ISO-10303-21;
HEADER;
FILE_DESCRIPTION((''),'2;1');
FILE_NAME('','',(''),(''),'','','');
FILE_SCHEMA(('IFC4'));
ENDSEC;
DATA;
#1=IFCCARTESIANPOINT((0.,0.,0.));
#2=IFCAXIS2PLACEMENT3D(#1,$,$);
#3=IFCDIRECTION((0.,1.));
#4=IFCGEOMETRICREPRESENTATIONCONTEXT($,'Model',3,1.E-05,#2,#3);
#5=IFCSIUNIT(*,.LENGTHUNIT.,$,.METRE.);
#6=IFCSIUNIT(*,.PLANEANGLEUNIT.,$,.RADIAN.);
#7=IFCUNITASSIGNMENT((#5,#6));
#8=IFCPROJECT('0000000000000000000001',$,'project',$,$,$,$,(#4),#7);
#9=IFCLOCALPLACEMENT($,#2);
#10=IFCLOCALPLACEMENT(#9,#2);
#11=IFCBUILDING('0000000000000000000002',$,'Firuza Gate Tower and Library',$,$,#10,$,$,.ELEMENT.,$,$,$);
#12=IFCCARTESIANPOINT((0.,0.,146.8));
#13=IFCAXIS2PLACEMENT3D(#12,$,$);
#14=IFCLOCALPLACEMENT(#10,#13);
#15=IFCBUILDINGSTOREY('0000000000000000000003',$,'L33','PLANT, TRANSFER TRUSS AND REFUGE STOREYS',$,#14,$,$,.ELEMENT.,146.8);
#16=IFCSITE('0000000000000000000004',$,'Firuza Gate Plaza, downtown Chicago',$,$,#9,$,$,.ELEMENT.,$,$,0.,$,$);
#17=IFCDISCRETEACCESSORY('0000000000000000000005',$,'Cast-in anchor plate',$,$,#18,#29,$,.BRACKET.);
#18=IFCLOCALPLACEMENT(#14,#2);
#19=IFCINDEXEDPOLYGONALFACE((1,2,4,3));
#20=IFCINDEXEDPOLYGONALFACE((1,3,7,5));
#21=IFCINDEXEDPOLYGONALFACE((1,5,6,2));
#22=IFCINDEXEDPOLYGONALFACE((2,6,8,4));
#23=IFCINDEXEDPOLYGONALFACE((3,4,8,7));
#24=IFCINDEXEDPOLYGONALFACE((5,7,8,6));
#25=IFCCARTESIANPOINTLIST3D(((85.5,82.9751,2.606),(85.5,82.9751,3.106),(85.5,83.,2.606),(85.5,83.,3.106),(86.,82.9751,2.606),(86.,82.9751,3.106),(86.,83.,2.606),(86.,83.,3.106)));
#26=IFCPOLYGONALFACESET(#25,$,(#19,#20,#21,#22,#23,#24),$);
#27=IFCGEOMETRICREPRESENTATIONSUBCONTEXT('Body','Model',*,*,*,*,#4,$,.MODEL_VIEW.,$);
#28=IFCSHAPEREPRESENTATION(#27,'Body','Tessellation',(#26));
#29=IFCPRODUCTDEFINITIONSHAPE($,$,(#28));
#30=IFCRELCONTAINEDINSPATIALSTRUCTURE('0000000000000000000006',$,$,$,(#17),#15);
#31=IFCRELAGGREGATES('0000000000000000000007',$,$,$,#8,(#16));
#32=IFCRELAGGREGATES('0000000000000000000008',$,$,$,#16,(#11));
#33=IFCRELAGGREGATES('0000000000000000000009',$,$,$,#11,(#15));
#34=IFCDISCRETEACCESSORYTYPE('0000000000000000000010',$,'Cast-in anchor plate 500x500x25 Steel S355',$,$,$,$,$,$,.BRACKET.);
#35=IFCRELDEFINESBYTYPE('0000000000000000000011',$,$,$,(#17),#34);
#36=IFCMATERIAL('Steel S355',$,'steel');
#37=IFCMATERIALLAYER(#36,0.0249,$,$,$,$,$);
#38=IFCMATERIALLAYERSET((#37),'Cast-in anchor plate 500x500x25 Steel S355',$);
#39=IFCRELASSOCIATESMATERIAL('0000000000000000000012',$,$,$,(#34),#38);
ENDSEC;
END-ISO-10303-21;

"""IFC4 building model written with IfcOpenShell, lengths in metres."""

from ifc_helpers import new_model, si_unit, direction, frame, origin, origin_2d, place, context, subcontext, project, spatial, rectangle, extrude, material, layer, layer_set, type_object, element, save


model = new_model("IFC4")

# Units and contexts
model_context = context("Model", 3, precision=1e-05, world=origin(), true_north=direction((0.0, 1.0)))
body_context = subcontext(model_context, "Body", "Model", "MODEL_VIEW")
ifc_project = project(units=[si_unit("LENGTHUNIT", "METRE"), si_unit("PLANEANGLEUNIT", "RADIAN")], contexts=[model_context])

# Site, building, storey
site_placement = place(None, origin())
site = spatial("IfcSite", under=ifc_project, at=site_placement, Name="Firuza Gate Plaza, downtown Chicago", CompositionType="ELEMENT", RefElevation=0.0)
building_placement = place(site_placement, origin())
building = spatial("IfcBuilding", under=site, at=building_placement, Name="Firuza Gate Tower and Library", CompositionType="ELEMENT")
storey_placement = place(building_placement, frame((0.0, 0.0, 146.8)))
storey = spatial("IfcBuildingStorey", under=building, at=storey_placement, Name="L33", Description="PLANT, TRANSFER TRUSS AND REFUGE STOREYS", CompositionType="ELEMENT", Elevation=146.8)

# Discrete accessory
ifc_material_1 = material(Name="Steel S355", Category="steel")
ifc_layer_1 = layer(ifc_material_1, 0.0249)
ifc_layer_set_1 = layer_set([ifc_layer_1], Name="Cast-in anchor plate 500x500x25 Steel S355")
discrete_accessory_type = type_object("IfcDiscreteAccessoryType", Name="Cast-in anchor plate 500x500x25 Steel S355", PredefinedType="BRACKET", material=ifc_layer_set_1)
discrete_accessory_placement = place(storey_placement, frame((85.75, 82.9875, 2.606), z_axis=(0.0, 0.0, 1.0), x_axis=(1.0, 0.0, 0.0)))
element("IfcDiscreteAccessory", 1, at=discrete_accessory_placement, inside=storey, type_object=discrete_accessory_type, Name="Cast-in anchor plate", PredefinedType="BRACKET", context=body_context, shape_type="SweptSolid", body=[
    extrude(rectangle(XDim=0.5, YDim=0.0249, at=origin_2d()), origin(), (0.0, 0.0, 1.0), 0.5),
])

save(model, "model.ifc")
